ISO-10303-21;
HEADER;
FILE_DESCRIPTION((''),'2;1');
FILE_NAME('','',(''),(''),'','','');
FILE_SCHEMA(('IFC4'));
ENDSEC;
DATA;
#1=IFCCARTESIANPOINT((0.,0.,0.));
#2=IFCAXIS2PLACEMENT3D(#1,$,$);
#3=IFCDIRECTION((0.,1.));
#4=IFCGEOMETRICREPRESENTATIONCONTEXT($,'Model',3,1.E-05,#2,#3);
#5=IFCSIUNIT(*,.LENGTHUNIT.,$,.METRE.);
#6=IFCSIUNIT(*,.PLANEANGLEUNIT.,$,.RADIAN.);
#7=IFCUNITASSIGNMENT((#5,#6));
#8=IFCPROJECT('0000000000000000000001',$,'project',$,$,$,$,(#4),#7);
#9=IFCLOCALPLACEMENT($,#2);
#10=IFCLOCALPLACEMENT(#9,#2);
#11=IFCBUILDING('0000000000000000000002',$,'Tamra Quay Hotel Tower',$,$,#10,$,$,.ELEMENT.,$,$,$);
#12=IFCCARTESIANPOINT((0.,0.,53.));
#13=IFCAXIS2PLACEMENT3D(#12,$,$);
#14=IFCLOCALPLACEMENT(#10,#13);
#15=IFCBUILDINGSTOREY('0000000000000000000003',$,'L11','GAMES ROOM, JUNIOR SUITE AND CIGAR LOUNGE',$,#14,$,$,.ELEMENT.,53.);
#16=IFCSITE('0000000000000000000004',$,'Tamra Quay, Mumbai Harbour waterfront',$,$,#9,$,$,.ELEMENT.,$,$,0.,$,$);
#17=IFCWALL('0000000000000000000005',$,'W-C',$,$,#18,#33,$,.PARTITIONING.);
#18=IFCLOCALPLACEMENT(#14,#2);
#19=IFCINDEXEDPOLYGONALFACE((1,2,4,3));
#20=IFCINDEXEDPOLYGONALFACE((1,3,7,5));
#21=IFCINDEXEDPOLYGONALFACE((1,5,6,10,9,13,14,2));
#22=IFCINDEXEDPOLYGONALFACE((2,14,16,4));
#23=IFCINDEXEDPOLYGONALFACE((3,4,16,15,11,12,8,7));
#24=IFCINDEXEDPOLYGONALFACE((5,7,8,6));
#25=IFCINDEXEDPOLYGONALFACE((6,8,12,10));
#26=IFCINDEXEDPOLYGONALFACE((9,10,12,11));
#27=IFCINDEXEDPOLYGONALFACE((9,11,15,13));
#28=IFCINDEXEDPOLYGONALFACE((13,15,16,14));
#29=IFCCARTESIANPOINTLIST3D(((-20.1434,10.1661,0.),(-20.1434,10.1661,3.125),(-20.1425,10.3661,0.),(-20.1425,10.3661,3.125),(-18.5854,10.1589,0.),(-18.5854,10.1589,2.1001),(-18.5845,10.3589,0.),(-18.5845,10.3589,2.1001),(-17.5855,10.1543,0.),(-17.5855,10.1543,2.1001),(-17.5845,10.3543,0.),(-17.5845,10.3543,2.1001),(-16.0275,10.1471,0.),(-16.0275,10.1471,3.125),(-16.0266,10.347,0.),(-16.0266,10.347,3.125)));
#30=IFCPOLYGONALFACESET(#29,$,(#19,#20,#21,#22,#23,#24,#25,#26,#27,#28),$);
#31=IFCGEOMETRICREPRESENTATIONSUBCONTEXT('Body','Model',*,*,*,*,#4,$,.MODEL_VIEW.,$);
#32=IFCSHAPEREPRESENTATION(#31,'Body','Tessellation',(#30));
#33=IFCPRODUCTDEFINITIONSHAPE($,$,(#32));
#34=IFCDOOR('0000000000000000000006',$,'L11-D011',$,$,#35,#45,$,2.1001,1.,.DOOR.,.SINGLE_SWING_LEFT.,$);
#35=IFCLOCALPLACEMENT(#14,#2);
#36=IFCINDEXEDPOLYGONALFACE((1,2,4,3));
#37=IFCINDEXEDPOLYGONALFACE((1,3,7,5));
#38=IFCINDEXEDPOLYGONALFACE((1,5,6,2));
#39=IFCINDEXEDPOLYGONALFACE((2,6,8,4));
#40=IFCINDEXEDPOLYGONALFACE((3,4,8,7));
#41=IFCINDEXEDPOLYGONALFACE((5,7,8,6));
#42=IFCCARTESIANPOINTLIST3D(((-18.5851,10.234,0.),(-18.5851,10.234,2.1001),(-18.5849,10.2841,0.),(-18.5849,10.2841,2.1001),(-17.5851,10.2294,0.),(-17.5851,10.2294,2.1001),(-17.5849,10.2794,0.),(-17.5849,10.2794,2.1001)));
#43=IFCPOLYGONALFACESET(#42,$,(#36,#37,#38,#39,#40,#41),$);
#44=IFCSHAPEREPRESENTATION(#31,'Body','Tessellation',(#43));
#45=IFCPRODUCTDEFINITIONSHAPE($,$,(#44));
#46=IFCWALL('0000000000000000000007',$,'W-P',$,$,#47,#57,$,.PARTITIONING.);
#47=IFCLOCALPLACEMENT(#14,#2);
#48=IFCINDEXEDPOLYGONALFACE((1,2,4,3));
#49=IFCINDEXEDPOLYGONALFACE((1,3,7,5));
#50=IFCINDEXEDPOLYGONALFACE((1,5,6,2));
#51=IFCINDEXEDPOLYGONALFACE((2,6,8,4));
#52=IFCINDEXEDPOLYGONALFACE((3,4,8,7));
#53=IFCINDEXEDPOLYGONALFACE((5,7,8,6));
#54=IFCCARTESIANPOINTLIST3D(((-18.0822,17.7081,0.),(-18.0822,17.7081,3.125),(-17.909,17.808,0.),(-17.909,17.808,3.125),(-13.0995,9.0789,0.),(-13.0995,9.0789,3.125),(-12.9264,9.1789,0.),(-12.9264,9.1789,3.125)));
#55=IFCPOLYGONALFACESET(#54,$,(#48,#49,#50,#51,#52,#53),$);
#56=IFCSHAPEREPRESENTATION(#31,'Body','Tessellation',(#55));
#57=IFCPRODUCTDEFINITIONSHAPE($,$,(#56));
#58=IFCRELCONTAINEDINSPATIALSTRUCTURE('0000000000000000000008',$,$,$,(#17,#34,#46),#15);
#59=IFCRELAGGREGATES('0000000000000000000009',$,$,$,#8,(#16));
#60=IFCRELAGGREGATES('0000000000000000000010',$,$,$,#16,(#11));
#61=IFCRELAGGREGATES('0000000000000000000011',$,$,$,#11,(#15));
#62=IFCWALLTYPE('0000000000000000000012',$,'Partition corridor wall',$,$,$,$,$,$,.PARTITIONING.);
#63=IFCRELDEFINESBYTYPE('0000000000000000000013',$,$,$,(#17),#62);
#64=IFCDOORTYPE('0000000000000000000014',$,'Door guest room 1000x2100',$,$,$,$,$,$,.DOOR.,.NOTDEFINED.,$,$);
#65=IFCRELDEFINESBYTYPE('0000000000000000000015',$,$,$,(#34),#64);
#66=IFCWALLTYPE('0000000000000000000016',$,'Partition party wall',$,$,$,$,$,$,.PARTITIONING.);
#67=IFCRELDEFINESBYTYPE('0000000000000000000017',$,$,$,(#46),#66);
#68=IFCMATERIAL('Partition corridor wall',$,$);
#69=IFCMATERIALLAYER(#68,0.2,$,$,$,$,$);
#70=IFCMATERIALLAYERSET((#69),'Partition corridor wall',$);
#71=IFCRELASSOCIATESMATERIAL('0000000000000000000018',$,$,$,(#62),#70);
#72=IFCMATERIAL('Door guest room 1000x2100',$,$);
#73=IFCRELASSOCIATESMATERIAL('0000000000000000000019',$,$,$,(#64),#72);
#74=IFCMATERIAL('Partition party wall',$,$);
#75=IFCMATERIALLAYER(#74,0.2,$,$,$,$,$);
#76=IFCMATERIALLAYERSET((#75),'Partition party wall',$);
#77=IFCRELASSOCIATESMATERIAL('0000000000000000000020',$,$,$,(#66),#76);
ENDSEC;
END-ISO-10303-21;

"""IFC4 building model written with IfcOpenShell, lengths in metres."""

from ifc_helpers import new_model, si_unit, direction, frame, frame_2d, origin, place, context, subcontext, project, spatial, rectangle, extrude, material, layer, layer_set, type_object, element, fill, save


model = new_model("IFC4")

# Units and contexts
model_context = context("Model", 3, precision=1e-05, world=origin(), true_north=direction((0.0, 1.0)))
body_context = subcontext(model_context, "Body", "Model", "MODEL_VIEW")
ifc_project = project(units=[si_unit("LENGTHUNIT", "METRE"), si_unit("PLANEANGLEUNIT", "RADIAN")], contexts=[model_context])

# Site, building, storey
site_placement = place(None, origin())
site = spatial("IfcSite", under=ifc_project, at=site_placement, Name="Tamra Quay, Mumbai Harbour waterfront", CompositionType="ELEMENT", RefElevation=0.0)
building_placement = place(site_placement, origin())
building = spatial("IfcBuilding", under=site, at=building_placement, Name="Tamra Quay Hotel Tower", CompositionType="ELEMENT")
storey_placement = place(building_placement, frame((0.0, 0.0, 53.0)))
storey = spatial("IfcBuildingStorey", under=building, at=storey_placement, Name="L11", Description="GAMES ROOM, JUNIOR SUITE AND CIGAR LOUNGE", CompositionType="ELEMENT", Elevation=53.0)

# Shared definitions
ifc_material_1 = material(Name="Partition corridor wall")
ifc_layer_1 = layer(ifc_material_1, 0.2)
ifc_layer_set_1 = layer_set([ifc_layer_1], Name="Partition corridor wall")
wall_type_1 = type_object("IfcWallType", Name="Partition corridor wall", PredefinedType="PARTITIONING", material=ifc_layer_set_1)

# Wall, opening, door
wall_1_placement = place(storey_placement, frame((-20.1431, 10.2661, 0.0), z_axis=(0.0, 0.0, 1.0), x_axis=(0.999989, -0.004627, 0.0)))
wall_1 = element("IfcWall", 1, at=wall_1_placement, inside=storey, type_object=wall_type_1, Name="W-C", PredefinedType="PARTITIONING", context=body_context, shape_type="SweptSolid", body=[
    extrude(rectangle(XDim=4.116, YDim=0.2, at=frame_2d((2.0581, 0.0))), origin(), (0.0, 0.0, 1.0), 3.125),
])
opening_1_placement = place(wall_1_placement, frame((1.5581, 0.0, 0.0)))
opening_1 = element("IfcOpeningElement", 2, at=opening_1_placement, cuts=wall_1, PredefinedType="OPENING", context=body_context, shape_type="SweptSolid", body=[
    extrude(rectangle(XDim=1.0, YDim=2.1001, at=frame_2d((0.5, 1.05))), frame((0.0, 0.1099, 0.0), z_axis=(0.0, -1.0, 0.0), x_axis=(1.0, 0.0, 0.0)), (0.0, 0.0, 1.0), 0.22),
])
ifc_material_2 = material(Name="Door guest room 1000x2100")
door_type_1 = type_object("IfcDoorType", Name="Door guest room 1000x2100", OperationType="NOTDEFINED", PredefinedType="DOOR", material=ifc_material_2)
door_1_placement = place(opening_1_placement, frame((1.0, 0.0, 0.0), z_axis=(0.0, 0.0, 1.0), x_axis=(-1.0, 0.0, 0.0)))
door_1 = element("IfcDoor", 3, at=door_1_placement, inside=storey, type_object=door_type_1, Name="L11-D011", OperationType="SINGLE_SWING_LEFT", OverallHeight=2.1001, OverallWidth=1.0, PredefinedType="DOOR", context=body_context, shape_type="SweptSolid", body=[
    extrude(rectangle(XDim=1.0, YDim=2.1001, at=frame_2d((0.5, 1.05))), frame((0.0, 0.0249, 0.0), z_axis=(0.0, -1.0, 0.0), x_axis=(1.0, 0.0, 0.0)), (0.0, 0.0, 1.0), 0.05),
])
fill(opening_1, door_1)

# Wall
ifc_material_3 = material(Name="Partition party wall")
ifc_layer_2 = layer(ifc_material_3, 0.2)
ifc_layer_set_2 = layer_set([ifc_layer_2], Name="Partition party wall")
wall_type_2 = type_object("IfcWallType", Name="Partition party wall", PredefinedType="PARTITIONING", material=ifc_layer_set_2)
wall_2_placement = place(storey_placement, frame((-17.9956, 17.7581, 0.0), z_axis=(0.0, 0.0, 1.0), x_axis=(0.500047, -0.865998, 0.0)))
element("IfcWall", 4, at=wall_2_placement, inside=storey, type_object=wall_type_2, Name="W-P", PredefinedType="PARTITIONING", context=body_context, shape_type="SweptSolid", body=[
    extrude(rectangle(XDim=9.9644, YDim=0.2, at=frame_2d((4.9822, 0.0))), origin(), (0.0, 0.0, 1.0), 3.125),
])

save(model, "model.ifc")
